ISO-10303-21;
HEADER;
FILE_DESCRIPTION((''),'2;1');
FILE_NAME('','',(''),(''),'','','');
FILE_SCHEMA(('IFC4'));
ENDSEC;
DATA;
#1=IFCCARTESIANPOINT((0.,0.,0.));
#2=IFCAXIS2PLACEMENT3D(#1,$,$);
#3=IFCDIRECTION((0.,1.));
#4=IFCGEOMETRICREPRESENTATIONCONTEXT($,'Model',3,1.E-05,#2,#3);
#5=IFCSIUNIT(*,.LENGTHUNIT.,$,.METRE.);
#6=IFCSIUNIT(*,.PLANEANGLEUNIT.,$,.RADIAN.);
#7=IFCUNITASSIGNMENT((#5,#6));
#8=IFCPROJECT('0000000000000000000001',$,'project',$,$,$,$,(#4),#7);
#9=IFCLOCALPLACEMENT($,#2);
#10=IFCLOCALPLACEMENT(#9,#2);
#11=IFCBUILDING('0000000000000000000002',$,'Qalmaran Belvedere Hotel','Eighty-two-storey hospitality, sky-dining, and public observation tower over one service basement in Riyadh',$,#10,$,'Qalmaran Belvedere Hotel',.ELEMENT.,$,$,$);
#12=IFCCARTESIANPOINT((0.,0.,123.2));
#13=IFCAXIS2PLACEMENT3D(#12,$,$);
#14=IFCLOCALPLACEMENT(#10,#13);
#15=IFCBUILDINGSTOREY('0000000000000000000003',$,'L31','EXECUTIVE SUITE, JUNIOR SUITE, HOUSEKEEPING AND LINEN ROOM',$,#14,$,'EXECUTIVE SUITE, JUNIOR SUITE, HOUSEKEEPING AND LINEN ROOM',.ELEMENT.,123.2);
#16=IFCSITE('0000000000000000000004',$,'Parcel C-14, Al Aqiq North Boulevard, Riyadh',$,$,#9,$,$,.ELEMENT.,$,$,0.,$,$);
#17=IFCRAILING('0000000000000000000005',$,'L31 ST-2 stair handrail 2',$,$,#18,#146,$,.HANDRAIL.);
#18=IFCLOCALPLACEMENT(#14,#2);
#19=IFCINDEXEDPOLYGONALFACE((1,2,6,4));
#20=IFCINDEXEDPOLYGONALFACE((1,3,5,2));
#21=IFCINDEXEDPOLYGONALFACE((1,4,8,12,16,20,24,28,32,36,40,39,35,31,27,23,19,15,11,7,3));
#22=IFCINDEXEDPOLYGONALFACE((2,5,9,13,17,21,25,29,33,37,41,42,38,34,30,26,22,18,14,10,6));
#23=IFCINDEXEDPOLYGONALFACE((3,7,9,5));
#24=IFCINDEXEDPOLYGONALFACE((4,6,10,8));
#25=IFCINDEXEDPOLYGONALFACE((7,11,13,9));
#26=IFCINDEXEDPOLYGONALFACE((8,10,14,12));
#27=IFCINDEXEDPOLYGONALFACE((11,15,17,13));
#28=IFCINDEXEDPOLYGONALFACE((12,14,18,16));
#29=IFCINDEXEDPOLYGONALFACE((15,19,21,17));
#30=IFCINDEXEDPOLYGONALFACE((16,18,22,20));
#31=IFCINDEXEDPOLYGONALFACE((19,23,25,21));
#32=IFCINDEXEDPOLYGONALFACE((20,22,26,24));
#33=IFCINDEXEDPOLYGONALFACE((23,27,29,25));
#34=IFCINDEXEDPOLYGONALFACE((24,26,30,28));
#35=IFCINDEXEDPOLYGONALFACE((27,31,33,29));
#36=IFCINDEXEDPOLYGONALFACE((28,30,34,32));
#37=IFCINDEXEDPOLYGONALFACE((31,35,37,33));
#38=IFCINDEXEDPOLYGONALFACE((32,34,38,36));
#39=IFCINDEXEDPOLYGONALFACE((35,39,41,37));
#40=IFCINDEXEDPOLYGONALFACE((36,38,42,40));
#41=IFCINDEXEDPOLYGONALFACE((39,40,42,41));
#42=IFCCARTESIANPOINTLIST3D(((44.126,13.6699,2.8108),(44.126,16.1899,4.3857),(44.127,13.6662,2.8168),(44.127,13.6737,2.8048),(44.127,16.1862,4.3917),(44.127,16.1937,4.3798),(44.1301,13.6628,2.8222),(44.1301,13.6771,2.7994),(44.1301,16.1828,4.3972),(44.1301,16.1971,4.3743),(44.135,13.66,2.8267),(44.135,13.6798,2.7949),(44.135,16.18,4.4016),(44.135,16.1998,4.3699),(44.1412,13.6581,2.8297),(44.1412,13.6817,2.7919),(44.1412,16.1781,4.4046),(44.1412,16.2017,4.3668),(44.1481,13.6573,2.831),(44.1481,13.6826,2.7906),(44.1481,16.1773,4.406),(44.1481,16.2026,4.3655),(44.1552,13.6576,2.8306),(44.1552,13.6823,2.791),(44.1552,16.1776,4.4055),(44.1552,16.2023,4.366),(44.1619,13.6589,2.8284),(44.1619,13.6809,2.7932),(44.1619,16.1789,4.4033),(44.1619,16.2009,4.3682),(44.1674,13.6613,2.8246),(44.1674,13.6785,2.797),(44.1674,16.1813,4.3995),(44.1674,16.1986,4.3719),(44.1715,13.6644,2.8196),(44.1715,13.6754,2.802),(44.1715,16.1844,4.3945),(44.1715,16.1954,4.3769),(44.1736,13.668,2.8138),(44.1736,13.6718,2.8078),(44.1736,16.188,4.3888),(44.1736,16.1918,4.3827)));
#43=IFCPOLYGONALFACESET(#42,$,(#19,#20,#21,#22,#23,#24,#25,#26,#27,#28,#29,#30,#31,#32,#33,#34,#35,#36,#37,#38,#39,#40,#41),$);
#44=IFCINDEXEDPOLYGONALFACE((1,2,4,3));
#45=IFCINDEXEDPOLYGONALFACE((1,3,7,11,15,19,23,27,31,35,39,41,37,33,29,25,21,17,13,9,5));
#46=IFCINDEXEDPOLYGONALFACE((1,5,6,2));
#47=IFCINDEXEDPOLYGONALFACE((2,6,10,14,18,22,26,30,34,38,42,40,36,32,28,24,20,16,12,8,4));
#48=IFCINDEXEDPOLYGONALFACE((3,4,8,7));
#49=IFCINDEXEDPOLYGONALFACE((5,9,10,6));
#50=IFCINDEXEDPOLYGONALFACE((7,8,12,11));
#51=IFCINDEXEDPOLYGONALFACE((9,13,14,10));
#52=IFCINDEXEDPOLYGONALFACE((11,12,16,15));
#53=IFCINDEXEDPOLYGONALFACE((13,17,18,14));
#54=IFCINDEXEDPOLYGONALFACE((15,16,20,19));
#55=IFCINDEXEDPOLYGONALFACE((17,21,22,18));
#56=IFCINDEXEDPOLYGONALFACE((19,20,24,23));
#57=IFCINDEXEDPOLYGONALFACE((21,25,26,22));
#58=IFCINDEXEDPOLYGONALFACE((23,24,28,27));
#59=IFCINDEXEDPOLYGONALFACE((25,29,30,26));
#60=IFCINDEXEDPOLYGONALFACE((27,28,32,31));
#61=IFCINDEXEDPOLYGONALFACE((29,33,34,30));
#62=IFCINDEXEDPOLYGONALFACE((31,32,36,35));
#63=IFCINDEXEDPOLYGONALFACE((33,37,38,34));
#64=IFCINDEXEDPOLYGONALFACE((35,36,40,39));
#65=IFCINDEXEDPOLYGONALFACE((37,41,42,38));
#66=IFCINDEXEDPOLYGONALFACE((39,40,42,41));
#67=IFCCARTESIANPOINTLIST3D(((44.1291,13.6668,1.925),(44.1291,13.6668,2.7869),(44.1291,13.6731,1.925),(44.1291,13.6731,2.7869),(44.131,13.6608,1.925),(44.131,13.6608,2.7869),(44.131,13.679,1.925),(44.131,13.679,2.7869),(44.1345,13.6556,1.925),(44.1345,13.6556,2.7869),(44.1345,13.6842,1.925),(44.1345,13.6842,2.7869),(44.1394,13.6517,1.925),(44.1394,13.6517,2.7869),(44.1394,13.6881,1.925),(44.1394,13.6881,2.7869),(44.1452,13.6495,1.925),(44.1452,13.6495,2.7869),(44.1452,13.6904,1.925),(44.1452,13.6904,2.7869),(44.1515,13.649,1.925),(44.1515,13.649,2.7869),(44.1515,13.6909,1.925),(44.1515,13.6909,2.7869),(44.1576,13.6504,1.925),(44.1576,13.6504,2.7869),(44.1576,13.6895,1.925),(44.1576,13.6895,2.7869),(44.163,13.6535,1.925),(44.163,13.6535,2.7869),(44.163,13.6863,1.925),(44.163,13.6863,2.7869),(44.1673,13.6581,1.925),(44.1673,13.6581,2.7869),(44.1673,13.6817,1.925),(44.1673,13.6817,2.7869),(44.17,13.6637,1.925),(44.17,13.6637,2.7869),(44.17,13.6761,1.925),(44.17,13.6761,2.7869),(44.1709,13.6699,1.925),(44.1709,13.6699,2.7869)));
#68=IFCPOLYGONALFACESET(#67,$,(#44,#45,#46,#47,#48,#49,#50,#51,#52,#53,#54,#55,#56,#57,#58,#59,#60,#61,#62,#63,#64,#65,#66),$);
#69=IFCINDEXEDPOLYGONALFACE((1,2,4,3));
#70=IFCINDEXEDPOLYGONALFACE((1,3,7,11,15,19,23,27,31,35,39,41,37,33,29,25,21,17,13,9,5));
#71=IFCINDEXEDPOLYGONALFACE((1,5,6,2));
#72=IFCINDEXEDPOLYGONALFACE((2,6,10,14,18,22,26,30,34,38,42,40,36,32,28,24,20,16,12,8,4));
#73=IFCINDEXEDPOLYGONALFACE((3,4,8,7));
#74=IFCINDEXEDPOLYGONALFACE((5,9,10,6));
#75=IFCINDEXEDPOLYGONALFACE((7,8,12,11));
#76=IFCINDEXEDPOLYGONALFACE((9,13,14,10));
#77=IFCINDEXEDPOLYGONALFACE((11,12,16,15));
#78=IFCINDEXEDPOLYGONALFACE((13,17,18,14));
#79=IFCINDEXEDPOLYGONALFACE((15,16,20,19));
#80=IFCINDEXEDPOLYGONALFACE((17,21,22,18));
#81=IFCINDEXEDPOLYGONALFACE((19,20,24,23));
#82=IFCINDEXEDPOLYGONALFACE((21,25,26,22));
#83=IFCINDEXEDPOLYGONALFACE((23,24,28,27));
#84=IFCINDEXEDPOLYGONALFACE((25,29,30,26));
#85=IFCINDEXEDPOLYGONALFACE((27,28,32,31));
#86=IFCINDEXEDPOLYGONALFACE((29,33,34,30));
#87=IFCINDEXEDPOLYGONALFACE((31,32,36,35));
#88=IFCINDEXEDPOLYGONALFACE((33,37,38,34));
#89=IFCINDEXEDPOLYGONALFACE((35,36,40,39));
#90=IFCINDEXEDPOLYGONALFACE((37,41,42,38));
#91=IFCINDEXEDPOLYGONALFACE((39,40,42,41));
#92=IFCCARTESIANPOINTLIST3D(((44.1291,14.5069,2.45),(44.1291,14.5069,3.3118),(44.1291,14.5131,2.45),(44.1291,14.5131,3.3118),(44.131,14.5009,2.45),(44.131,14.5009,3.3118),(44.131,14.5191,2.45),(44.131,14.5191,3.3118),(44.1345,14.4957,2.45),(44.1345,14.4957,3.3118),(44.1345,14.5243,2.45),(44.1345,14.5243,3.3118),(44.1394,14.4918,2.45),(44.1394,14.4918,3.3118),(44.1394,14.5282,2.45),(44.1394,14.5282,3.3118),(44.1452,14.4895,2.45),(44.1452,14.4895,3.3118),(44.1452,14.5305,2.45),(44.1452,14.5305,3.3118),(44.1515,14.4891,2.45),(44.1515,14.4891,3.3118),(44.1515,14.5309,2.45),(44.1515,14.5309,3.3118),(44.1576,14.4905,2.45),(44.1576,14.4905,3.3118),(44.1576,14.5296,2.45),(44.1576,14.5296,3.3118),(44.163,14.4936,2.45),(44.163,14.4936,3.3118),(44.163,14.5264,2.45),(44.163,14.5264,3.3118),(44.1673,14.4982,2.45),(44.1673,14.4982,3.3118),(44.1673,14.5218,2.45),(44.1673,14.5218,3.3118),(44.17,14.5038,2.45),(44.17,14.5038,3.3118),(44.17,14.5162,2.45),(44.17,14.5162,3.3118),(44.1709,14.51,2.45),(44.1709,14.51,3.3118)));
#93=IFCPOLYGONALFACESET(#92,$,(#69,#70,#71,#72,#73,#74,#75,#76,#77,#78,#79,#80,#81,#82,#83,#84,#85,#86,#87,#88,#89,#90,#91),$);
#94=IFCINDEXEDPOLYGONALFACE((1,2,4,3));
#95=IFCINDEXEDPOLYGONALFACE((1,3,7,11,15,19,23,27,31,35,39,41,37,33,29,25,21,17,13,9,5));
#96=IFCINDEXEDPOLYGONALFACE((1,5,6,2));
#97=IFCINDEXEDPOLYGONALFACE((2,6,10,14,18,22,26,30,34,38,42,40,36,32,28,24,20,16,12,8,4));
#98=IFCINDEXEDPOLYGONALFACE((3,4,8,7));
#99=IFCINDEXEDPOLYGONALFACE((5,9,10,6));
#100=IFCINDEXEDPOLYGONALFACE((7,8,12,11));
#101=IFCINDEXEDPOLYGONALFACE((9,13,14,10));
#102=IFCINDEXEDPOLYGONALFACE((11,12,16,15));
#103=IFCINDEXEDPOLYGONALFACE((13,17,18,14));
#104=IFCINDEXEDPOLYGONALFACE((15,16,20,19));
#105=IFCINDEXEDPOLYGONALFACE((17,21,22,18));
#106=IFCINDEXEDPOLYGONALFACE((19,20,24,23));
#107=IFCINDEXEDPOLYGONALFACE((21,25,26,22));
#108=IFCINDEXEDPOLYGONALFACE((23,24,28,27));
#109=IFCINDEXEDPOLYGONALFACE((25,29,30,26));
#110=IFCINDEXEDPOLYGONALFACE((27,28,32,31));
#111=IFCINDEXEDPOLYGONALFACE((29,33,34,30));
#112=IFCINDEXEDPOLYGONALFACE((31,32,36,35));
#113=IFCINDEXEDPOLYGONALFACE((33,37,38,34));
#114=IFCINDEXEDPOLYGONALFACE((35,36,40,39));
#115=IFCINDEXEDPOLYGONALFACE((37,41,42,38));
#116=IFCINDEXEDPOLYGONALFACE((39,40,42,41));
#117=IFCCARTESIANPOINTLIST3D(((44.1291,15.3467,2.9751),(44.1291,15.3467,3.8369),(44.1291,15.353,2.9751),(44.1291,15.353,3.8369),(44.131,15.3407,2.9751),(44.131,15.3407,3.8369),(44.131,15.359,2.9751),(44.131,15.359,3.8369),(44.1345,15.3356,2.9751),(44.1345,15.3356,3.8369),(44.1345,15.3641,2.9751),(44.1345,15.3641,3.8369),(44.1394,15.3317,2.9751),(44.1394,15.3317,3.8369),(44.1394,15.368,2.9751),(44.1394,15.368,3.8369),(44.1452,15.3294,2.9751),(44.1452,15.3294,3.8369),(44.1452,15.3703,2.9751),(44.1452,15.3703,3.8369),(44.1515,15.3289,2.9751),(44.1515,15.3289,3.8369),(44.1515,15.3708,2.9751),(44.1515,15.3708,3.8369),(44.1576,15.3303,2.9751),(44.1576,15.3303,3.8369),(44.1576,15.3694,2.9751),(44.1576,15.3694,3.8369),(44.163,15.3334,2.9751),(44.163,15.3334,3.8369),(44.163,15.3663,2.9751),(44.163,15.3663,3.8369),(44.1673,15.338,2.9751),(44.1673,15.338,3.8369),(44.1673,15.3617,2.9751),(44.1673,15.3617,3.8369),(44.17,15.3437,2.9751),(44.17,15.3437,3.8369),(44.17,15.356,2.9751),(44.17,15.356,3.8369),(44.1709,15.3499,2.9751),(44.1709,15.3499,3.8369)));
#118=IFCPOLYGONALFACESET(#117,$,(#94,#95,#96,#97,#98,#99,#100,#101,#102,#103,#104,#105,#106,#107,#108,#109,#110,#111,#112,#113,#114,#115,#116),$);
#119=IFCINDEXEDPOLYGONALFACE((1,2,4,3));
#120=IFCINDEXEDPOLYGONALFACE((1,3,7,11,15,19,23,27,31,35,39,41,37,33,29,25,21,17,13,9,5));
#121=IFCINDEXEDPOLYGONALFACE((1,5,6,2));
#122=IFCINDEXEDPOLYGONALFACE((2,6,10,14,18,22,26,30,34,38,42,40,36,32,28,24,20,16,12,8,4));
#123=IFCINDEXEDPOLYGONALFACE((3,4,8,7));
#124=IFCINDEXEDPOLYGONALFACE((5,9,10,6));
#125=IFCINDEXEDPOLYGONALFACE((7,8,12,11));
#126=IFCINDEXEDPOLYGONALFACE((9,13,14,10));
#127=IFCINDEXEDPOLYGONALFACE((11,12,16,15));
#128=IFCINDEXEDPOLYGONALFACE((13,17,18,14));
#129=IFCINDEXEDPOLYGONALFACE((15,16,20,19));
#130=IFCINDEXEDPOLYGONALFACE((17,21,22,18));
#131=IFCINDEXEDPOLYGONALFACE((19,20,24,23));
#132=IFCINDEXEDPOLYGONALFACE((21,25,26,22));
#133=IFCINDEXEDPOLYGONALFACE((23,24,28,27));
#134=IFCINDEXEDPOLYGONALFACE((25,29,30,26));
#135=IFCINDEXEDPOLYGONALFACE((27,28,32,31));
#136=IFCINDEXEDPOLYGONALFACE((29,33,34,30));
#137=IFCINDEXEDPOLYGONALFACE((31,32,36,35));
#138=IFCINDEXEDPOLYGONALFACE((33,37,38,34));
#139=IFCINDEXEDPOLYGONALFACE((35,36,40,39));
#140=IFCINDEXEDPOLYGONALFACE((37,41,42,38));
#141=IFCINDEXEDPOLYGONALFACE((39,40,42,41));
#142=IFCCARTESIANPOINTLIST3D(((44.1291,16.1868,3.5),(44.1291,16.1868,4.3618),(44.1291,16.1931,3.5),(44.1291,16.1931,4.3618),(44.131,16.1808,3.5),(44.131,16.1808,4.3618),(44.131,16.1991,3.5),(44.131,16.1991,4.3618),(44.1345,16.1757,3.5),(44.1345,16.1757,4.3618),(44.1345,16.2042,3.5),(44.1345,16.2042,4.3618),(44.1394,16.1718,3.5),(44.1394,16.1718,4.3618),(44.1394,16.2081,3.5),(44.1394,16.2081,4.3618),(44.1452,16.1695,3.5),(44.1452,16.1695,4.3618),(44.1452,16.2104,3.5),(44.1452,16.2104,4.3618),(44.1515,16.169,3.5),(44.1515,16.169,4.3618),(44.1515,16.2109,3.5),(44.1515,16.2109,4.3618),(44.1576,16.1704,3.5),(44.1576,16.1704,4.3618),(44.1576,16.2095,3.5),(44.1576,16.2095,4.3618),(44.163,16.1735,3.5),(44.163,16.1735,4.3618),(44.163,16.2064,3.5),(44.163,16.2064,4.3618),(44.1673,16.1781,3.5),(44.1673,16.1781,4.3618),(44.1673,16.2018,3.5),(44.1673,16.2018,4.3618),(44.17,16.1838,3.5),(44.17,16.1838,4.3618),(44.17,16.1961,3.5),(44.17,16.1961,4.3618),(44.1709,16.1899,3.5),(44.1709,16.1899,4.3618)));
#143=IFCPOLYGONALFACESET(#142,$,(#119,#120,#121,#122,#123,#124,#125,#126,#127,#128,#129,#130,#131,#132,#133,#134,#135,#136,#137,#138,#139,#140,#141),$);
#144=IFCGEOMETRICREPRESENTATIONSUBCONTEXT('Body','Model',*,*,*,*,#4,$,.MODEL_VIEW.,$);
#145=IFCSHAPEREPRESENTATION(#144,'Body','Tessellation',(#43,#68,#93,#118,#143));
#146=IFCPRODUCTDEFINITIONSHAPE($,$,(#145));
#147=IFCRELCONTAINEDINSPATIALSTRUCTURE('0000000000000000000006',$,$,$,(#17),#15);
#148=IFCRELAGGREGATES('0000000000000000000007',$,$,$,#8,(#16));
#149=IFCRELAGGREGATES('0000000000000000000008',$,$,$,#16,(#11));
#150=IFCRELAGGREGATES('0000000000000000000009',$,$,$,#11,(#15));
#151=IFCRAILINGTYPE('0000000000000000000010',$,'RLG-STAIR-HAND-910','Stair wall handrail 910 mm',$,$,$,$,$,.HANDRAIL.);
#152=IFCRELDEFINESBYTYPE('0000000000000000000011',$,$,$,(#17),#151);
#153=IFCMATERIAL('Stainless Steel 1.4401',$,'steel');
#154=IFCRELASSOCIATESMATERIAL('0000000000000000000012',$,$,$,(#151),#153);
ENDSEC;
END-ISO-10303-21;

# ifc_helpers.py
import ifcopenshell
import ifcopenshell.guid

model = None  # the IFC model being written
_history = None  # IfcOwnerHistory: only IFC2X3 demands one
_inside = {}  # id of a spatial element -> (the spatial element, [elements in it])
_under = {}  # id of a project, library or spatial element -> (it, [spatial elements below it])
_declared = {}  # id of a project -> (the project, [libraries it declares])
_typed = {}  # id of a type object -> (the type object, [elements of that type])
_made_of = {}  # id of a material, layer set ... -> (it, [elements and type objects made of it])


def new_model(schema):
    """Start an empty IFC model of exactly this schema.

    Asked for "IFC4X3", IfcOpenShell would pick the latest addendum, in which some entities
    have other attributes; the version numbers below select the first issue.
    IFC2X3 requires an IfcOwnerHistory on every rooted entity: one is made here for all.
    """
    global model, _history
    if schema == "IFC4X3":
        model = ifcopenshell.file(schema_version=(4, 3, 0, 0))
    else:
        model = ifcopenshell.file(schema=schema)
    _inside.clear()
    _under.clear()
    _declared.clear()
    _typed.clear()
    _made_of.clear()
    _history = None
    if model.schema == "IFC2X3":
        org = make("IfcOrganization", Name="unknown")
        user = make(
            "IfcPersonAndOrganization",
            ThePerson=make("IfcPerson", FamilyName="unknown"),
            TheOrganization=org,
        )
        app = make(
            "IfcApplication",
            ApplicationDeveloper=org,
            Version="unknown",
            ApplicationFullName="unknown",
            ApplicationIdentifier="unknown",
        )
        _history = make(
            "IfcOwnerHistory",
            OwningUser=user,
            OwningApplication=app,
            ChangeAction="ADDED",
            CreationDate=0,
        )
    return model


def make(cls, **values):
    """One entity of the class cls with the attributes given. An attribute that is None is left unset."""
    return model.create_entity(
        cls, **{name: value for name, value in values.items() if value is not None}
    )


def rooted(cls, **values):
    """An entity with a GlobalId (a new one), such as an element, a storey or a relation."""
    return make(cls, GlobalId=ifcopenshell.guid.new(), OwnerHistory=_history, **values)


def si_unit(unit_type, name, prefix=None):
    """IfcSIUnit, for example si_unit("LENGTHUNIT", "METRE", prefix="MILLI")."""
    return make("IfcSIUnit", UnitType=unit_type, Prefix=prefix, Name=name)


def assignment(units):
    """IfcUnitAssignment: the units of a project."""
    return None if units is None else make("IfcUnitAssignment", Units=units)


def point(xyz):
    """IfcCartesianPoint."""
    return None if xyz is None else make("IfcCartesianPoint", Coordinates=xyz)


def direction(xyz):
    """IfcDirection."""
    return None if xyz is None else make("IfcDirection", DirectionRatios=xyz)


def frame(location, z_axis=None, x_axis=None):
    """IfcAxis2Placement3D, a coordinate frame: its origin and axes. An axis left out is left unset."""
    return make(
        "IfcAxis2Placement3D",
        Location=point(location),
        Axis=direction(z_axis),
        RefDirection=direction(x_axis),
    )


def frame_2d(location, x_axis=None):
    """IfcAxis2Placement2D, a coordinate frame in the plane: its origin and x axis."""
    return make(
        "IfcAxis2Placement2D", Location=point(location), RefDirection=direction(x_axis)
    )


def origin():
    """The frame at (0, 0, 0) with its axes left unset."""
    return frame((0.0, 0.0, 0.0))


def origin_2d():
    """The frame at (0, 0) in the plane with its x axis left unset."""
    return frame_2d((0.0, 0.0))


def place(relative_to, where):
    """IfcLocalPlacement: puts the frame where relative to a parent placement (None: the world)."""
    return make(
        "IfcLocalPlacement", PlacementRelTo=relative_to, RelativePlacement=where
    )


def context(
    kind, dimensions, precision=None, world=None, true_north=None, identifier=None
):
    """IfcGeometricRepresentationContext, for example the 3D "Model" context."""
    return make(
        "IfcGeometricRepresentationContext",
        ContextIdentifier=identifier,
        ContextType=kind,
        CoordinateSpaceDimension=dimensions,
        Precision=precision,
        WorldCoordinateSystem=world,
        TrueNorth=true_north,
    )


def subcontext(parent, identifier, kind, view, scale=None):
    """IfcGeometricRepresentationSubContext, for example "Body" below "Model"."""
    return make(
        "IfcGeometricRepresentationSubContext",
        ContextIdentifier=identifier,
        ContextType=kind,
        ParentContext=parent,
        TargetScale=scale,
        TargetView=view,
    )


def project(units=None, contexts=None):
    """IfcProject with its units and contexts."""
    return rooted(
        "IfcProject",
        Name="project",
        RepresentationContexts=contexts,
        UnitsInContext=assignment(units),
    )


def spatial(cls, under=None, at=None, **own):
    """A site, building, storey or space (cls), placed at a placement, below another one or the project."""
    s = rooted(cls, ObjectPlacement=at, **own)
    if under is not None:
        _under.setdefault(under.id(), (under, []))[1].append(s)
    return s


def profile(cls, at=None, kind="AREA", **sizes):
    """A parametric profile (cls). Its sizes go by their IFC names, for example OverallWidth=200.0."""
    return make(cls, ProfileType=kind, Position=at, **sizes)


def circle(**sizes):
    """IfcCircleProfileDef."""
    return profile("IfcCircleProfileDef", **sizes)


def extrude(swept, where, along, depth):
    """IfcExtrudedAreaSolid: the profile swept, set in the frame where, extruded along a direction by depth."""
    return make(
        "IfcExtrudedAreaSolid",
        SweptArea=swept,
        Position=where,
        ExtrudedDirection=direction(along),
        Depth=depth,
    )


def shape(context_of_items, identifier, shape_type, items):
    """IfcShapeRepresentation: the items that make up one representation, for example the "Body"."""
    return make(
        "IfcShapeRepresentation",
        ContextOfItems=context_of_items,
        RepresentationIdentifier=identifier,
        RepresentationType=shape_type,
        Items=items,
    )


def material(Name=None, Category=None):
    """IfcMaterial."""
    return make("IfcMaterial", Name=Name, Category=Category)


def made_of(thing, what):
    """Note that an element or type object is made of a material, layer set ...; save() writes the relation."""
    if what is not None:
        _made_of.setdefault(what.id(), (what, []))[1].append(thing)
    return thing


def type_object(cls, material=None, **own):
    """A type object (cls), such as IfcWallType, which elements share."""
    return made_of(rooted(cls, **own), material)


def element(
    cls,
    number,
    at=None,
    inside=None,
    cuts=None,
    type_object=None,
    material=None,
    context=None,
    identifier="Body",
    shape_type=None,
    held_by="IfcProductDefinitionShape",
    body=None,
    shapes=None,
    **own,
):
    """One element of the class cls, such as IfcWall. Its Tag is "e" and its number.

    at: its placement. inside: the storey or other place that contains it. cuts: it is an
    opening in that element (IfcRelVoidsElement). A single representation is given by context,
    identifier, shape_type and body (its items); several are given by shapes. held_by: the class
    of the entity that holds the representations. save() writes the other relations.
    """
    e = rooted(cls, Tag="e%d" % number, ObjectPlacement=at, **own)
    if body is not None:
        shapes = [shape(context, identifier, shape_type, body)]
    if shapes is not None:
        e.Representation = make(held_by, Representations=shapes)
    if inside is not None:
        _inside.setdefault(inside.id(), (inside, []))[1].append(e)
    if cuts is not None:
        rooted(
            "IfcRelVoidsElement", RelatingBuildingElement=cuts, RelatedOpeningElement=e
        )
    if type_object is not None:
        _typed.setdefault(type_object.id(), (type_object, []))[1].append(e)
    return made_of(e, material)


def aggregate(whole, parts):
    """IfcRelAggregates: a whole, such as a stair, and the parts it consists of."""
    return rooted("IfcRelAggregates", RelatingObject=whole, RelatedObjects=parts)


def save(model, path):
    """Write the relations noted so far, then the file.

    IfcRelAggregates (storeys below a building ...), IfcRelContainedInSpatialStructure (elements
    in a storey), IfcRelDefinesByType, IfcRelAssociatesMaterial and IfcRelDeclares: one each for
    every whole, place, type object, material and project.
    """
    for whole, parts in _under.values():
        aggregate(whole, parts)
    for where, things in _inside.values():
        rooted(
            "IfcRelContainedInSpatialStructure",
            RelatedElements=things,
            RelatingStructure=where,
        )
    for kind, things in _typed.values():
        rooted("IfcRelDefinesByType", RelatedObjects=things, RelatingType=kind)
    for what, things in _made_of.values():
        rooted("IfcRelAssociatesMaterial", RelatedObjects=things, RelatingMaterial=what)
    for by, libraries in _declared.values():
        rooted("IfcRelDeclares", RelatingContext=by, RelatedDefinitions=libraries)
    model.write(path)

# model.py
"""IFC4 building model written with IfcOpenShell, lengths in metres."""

from ifc_helpers import new_model, si_unit, direction, frame, origin, origin_2d, place, context, subcontext, project, spatial, circle, extrude, material, type_object, element, save


model = new_model("IFC4")

# Units and contexts
model_context = context("Model", 3, precision=1e-05, world=origin(), true_north=direction((0.0, 1.0)))
body_context = subcontext(model_context, "Body", "Model", "MODEL_VIEW")
ifc_project = project(units=[si_unit("LENGTHUNIT", "METRE"), si_unit("PLANEANGLEUNIT", "RADIAN")], contexts=[model_context])

# Site, building, storey
site_placement = place(None, origin())
site = spatial("IfcSite", under=ifc_project, at=site_placement, Name="Parcel C-14, Al Aqiq North Boulevard, Riyadh", CompositionType="ELEMENT", RefElevation=0.0)
building_placement = place(site_placement, origin())
building = spatial("IfcBuilding", under=site, at=building_placement, Name="Qalmaran Belvedere Hotel", Description="Eighty-two-storey hospitality, sky-dining, and public observation tower over one service basement in Riyadh", LongName="Qalmaran Belvedere Hotel", CompositionType="ELEMENT")
storey_placement = place(building_placement, frame((0.0, 0.0, 123.2)))
storey = spatial("IfcBuildingStorey", under=building, at=storey_placement, Name="L31", Description="EXECUTIVE SUITE, JUNIOR SUITE, HOUSEKEEPING AND LINEN ROOM", LongName="EXECUTIVE SUITE, JUNIOR SUITE, HOUSEKEEPING AND LINEN ROOM", CompositionType="ELEMENT", Elevation=123.2)

# Shared definitions
ifc_material_1 = material(Name="Stainless Steel 1.4401", Category="steel")

# Railing
railing_type_1 = type_object("IfcRailingType", Name="RLG-STAIR-HAND-910", Description="Stair wall handrail 910 mm", PredefinedType="HANDRAIL", material=ifc_material_1)
railing_1_placement = place(storey_placement, frame((44.1499, 13.6699, 1.925)))
element("IfcRailing", 1, at=railing_1_placement, inside=storey, type_object=railing_type_1, Name="L31 ST-2 stair handrail 2", PredefinedType="HANDRAIL", context=body_context, shape_type="SweptSolid", body=[
    extrude(circle(Radius=0.0239, at=origin_2d()), frame((0.0, 0.0, 0.8857), z_axis=(0.0, 0.848008, 0.529984), x_axis=(-1.0, 0.0, 0.0)), (0.0, 0.0, 1.0), 2.9717),
    extrude(circle(Radius=0.021, at=origin_2d()), origin(), (0.0, 0.0, 1.0), 0.8618),
    extrude(circle(Radius=0.021, at=origin_2d()), frame((0.0, 0.8401, 0.5249)), (0.0, 0.0, 1.0), 0.8618),
    extrude(circle(Radius=0.021, at=origin_2d()), frame((0.0, 1.6799, 1.05)), (0.0, 0.0, 1.0), 0.8618),
    extrude(circle(Radius=0.021, at=origin_2d()), frame((0.0, 2.52, 1.575)), (0.0, 0.0, 1.0), 0.8618),
])

save(model, "model.ifc")
